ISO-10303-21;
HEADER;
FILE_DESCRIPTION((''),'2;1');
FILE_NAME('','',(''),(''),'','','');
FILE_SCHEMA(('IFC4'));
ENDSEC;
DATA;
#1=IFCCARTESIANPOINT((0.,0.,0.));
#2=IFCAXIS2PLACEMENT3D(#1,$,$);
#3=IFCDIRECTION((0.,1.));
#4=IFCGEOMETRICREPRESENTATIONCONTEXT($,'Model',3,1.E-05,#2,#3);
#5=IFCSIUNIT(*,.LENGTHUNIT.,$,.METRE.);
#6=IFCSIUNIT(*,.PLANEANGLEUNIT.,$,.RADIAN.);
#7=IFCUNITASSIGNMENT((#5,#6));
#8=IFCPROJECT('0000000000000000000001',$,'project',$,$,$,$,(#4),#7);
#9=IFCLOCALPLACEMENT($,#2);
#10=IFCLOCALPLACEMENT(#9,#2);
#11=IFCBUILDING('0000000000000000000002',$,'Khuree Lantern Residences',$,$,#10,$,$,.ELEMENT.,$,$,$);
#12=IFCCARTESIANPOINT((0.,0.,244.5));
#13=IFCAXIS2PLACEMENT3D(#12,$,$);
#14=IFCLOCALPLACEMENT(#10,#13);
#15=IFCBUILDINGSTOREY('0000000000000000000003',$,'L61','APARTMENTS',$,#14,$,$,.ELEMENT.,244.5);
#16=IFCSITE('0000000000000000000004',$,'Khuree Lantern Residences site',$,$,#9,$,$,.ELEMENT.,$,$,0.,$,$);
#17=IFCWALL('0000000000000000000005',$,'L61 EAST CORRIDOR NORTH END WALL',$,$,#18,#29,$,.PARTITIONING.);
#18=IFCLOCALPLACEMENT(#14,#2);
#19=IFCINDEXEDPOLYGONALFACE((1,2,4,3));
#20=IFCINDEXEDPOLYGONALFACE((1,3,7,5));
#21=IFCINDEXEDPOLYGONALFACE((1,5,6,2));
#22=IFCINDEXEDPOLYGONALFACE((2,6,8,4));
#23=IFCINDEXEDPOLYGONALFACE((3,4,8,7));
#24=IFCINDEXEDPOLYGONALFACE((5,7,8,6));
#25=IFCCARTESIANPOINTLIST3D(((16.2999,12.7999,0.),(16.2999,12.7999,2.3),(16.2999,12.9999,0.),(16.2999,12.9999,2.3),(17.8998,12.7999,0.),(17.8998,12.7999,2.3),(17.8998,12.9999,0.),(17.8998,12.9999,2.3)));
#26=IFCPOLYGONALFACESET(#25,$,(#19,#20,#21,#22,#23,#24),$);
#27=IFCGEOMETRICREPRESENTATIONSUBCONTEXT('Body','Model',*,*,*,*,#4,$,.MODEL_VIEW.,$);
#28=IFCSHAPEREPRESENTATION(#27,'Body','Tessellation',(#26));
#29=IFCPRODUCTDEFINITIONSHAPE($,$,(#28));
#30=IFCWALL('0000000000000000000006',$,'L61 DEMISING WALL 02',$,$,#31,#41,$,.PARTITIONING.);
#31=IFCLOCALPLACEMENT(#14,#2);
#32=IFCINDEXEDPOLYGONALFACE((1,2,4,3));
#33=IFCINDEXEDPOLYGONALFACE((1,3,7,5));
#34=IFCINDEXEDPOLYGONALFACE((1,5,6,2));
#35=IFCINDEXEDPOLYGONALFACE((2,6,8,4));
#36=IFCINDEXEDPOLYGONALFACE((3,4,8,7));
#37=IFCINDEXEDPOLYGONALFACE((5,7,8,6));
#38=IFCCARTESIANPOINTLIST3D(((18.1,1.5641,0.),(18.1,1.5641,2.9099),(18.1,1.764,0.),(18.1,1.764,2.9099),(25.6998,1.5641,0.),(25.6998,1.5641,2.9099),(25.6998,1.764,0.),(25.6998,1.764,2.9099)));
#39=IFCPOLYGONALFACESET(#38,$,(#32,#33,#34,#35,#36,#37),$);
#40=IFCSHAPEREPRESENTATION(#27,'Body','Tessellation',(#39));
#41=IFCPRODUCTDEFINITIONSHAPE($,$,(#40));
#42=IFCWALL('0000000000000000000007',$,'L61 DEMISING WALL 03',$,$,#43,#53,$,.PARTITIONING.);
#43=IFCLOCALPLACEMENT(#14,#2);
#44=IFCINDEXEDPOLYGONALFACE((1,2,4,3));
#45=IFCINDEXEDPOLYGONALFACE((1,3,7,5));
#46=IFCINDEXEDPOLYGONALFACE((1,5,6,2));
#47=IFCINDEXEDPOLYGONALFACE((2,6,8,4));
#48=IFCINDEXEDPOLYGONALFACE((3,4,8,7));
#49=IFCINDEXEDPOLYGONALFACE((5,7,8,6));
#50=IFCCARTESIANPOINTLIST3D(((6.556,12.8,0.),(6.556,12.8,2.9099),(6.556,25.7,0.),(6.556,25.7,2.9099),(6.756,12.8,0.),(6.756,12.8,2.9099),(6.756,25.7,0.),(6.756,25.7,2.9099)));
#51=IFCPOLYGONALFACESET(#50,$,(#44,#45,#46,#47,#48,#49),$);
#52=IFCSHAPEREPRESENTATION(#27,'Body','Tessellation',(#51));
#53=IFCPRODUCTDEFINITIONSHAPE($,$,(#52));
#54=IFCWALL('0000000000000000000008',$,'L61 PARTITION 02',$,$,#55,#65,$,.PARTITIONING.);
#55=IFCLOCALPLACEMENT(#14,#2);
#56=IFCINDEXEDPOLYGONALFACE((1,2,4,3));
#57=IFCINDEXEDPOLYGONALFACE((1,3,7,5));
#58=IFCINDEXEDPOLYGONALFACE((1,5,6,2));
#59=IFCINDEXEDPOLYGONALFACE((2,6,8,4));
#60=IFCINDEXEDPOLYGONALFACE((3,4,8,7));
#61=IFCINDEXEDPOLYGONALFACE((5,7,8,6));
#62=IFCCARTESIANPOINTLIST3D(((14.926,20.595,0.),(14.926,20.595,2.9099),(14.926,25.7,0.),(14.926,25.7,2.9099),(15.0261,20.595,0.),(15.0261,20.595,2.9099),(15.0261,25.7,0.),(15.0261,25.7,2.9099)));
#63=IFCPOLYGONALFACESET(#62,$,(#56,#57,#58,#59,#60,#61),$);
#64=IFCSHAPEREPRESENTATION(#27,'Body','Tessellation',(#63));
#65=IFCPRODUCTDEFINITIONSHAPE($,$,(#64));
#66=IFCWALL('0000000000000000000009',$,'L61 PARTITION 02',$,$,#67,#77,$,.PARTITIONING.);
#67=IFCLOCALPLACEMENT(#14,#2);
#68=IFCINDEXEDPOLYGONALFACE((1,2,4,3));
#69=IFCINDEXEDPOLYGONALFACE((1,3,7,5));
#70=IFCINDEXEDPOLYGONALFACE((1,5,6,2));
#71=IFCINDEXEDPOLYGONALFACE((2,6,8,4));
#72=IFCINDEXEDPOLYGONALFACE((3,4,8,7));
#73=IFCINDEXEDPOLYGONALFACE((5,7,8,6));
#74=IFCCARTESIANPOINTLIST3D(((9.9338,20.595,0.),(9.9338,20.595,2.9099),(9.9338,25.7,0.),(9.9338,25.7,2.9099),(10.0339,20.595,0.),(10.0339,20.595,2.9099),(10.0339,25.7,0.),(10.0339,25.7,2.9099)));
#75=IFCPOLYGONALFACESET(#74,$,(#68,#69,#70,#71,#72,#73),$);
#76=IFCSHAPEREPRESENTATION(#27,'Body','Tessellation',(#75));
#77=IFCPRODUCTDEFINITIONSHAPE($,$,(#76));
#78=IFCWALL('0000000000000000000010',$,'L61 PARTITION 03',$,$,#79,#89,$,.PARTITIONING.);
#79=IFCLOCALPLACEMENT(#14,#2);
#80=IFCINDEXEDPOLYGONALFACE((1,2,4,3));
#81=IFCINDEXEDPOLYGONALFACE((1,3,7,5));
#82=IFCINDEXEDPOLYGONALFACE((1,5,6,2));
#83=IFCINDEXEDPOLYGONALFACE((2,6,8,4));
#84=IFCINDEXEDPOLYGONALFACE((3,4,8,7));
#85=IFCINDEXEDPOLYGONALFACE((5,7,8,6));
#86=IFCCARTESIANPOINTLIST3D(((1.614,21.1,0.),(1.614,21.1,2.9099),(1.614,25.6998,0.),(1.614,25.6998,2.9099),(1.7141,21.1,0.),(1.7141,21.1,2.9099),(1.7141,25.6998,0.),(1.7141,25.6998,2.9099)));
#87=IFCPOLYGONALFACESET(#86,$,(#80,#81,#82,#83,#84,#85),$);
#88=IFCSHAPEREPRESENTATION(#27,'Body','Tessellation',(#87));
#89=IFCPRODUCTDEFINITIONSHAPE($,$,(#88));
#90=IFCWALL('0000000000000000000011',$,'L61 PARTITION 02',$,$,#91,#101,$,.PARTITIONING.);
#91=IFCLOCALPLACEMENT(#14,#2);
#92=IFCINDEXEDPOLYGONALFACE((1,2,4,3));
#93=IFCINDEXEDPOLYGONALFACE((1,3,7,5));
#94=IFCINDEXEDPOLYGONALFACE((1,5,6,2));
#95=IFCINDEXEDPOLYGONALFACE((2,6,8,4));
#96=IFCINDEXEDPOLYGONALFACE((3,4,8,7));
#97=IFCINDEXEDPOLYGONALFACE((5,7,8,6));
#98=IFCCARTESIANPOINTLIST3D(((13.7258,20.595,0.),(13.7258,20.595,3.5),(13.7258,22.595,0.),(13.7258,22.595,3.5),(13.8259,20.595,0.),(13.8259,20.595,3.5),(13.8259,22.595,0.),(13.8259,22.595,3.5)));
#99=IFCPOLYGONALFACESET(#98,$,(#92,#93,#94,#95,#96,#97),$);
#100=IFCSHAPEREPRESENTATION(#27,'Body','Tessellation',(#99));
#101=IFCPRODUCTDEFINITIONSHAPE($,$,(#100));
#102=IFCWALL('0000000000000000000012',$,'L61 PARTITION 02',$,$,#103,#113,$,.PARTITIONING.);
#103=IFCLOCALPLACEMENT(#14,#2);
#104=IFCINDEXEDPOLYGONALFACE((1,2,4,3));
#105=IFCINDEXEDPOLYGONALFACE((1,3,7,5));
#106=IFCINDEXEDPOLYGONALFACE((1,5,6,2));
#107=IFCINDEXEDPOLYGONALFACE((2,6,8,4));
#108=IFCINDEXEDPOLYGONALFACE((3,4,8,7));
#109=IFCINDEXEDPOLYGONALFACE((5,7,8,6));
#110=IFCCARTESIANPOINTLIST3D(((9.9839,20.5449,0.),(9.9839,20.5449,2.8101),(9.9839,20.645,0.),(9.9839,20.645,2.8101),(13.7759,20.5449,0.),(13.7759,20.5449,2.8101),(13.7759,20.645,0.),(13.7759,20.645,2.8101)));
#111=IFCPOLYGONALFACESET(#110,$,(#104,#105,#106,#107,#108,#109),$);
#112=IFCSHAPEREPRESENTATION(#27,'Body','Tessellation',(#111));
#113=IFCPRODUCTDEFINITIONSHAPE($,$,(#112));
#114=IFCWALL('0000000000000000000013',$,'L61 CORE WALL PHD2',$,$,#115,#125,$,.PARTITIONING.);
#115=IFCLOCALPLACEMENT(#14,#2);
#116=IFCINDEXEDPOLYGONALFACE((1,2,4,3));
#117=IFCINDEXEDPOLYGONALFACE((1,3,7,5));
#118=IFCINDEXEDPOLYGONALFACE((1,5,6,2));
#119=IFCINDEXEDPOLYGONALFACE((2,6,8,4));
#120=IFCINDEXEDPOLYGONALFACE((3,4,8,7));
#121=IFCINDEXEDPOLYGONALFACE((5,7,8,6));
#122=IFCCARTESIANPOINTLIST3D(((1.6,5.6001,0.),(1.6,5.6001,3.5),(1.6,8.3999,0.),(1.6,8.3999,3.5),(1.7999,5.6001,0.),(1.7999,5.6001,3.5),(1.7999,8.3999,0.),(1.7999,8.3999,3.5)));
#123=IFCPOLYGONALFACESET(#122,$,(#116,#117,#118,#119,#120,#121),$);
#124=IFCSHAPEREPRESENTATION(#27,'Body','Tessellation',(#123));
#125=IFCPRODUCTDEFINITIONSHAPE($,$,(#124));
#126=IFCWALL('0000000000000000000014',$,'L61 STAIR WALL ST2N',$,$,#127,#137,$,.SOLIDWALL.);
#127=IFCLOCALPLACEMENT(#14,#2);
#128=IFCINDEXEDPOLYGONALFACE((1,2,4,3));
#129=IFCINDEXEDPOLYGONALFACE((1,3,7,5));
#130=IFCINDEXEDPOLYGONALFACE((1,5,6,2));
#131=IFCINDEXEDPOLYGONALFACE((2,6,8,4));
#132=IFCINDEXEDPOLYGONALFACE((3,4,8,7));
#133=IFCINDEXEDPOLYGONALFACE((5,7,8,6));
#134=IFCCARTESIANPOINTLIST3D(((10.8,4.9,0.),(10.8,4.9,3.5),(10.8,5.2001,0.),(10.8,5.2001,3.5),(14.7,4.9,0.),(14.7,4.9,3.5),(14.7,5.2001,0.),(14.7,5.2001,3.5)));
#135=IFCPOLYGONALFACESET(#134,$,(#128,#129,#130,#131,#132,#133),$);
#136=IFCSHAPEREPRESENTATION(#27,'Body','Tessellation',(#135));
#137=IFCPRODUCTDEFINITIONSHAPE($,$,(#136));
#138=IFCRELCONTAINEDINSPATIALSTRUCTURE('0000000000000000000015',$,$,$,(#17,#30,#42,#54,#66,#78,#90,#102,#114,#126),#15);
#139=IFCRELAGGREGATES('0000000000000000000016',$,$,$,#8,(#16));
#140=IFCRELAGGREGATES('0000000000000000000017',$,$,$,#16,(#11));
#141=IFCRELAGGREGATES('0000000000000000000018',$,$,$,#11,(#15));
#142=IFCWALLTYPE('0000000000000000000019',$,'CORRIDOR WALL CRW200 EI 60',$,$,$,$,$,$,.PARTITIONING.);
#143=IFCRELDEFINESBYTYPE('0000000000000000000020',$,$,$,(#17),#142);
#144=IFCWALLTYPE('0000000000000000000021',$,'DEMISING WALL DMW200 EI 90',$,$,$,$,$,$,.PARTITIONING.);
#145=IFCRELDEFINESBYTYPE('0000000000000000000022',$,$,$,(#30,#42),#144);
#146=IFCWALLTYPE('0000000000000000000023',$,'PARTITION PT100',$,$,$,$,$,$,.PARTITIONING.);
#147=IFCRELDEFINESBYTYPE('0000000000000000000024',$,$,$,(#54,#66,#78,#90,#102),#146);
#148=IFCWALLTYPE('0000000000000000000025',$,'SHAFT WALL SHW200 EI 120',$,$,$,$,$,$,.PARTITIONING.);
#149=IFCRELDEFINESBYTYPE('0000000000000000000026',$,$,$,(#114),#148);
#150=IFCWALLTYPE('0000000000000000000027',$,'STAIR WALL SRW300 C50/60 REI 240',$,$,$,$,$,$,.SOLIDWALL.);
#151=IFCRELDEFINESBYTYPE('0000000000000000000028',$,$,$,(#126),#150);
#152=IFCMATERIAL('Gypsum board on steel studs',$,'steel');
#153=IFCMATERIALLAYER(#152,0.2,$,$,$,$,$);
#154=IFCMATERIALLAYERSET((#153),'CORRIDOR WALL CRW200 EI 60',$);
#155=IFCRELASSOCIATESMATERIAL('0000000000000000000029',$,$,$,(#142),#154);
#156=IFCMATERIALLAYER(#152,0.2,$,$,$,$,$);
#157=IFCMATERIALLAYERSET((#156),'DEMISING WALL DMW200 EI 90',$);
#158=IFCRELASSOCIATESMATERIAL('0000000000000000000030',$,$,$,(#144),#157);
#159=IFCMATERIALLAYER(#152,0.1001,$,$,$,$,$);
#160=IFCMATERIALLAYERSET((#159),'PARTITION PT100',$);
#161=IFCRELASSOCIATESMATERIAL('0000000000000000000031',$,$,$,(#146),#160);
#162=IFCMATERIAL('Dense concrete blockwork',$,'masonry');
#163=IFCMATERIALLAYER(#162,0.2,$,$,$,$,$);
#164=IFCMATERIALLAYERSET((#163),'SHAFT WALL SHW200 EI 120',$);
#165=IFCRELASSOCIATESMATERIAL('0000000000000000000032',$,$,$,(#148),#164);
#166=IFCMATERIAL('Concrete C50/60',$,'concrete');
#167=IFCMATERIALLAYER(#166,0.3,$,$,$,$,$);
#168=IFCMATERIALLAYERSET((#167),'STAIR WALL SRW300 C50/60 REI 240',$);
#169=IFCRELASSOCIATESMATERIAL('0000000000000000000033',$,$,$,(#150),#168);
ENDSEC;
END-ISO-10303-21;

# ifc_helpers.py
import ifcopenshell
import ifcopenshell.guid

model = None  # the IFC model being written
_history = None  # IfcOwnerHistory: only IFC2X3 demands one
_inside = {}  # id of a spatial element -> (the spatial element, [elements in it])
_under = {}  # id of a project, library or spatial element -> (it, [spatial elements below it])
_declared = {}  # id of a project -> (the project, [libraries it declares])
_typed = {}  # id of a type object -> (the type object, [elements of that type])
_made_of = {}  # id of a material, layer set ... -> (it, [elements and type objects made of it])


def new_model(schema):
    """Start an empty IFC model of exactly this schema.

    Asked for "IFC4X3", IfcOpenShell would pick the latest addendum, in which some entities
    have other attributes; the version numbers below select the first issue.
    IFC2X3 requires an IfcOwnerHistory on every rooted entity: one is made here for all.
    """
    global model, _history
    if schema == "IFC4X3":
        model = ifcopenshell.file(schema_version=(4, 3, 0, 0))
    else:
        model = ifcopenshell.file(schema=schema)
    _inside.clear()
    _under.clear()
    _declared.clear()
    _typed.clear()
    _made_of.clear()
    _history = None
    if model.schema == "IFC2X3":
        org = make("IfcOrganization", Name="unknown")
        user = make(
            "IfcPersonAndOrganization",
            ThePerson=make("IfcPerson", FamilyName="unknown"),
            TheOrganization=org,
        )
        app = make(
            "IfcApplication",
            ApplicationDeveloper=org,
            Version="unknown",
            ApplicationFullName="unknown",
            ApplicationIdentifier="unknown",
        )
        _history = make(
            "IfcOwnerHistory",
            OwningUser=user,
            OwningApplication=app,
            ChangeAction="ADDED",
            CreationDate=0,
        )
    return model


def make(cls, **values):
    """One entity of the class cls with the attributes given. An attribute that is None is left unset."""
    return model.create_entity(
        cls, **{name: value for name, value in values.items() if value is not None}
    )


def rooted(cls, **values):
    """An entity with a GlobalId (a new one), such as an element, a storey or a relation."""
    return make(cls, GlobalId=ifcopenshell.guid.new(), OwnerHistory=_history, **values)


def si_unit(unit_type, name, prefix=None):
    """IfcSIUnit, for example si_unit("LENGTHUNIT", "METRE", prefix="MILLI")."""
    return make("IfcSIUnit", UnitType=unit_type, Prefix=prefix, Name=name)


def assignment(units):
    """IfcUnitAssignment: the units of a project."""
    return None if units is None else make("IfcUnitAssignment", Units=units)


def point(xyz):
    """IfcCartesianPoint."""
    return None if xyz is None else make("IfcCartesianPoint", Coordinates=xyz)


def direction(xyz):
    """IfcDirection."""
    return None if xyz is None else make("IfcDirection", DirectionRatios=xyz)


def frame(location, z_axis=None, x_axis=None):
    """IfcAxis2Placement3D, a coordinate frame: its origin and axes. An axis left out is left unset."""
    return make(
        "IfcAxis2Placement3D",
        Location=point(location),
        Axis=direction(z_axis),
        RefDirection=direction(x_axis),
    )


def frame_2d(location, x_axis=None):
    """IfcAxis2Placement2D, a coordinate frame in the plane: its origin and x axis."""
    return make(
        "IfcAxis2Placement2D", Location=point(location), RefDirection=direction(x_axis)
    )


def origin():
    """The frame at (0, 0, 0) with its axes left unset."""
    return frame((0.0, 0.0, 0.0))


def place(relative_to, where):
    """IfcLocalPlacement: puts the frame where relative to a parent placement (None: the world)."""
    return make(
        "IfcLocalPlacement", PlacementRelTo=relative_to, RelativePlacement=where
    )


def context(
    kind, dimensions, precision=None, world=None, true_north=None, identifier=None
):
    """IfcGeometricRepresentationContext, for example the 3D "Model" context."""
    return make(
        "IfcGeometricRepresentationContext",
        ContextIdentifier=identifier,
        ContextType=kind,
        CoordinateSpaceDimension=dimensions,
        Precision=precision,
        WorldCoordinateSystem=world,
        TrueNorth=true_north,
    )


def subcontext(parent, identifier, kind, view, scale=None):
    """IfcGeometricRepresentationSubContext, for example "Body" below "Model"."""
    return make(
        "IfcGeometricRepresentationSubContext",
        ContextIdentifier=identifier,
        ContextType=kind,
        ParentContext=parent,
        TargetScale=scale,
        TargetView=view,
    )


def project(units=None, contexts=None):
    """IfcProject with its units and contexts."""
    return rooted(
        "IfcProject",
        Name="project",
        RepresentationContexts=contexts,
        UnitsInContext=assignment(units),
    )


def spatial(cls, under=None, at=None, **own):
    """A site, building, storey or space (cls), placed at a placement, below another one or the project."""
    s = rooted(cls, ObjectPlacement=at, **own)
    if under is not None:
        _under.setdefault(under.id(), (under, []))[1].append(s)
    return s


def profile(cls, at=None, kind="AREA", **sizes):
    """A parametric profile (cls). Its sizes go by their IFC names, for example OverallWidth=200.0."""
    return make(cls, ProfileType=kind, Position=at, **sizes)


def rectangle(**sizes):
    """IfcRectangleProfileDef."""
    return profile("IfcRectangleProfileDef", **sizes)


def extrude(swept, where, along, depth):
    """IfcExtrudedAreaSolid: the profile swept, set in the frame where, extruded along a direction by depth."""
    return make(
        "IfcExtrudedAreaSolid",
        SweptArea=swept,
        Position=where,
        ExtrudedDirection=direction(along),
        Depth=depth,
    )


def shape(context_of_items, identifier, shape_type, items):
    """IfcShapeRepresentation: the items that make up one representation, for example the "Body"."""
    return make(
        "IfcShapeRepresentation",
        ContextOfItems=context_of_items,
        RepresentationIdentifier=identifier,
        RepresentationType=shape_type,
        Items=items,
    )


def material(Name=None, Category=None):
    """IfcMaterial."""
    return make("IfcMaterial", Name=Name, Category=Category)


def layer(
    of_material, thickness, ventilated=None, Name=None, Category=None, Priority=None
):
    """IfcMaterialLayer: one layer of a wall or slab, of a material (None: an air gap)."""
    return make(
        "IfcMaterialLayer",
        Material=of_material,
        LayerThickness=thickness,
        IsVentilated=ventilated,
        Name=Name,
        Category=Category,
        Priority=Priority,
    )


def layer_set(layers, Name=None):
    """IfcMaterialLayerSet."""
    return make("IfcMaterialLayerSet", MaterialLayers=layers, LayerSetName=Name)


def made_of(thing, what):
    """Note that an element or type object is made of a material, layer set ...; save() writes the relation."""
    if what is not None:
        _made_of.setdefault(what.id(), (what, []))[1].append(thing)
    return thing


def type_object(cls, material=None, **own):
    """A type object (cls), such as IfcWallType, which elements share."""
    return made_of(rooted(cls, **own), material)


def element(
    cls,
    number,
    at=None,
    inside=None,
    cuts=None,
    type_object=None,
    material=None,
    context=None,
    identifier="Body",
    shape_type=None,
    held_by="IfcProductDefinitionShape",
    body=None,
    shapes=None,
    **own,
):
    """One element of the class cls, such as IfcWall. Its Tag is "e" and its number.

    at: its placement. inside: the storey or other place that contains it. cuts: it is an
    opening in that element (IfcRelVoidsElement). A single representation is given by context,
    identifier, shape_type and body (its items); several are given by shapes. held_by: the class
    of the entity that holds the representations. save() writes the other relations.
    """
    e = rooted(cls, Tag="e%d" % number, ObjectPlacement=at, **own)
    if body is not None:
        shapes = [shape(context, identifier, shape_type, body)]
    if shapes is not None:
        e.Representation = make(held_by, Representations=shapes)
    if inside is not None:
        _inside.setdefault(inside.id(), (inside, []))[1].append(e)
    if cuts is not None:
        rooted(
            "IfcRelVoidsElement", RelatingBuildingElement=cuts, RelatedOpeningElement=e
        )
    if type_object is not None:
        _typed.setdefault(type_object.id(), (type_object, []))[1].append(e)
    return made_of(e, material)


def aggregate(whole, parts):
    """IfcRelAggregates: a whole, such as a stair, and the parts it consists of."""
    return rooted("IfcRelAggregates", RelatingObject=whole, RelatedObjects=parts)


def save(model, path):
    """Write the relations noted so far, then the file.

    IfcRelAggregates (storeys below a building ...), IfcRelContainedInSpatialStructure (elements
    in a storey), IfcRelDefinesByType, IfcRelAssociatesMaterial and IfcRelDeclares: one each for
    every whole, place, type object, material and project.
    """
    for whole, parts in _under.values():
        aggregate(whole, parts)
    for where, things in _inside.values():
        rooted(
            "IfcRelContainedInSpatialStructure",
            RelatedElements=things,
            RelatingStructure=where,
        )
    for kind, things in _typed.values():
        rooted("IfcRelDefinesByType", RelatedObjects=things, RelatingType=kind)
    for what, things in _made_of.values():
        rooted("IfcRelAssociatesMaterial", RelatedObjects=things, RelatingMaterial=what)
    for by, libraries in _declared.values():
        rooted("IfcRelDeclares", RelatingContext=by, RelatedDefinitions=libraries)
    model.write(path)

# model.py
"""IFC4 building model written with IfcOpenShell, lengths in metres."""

from ifc_helpers import new_model, si_unit, direction, frame, frame_2d, origin, place, context, subcontext, project, spatial, rectangle, extrude, material, layer, layer_set, type_object, element, save


model = new_model("IFC4")

# Units and contexts
model_context = context("Model", 3, precision=1e-05, world=origin(), true_north=direction((0.0, 1.0)))
body_context = subcontext(model_context, "Body", "Model", "MODEL_VIEW")
ifc_project = project(units=[si_unit("LENGTHUNIT", "METRE"), si_unit("PLANEANGLEUNIT", "RADIAN")], contexts=[model_context])

# Site, building, storey
site_placement = place(None, origin())
site = spatial("IfcSite", under=ifc_project, at=site_placement, Name="Khuree Lantern Residences site", CompositionType="ELEMENT", RefElevation=0.0)
building_placement = place(site_placement, origin())
building = spatial("IfcBuilding", under=site, at=building_placement, Name="Khuree Lantern Residences", CompositionType="ELEMENT")
storey_placement = place(building_placement, frame((0.0, 0.0, 244.5)))
storey = spatial("IfcBuildingStorey", under=building, at=storey_placement, Name="L61", Description="APARTMENTS", CompositionType="ELEMENT", Elevation=244.5)

# Shared definitions
ifc_material_1 = material(Name="Concrete C50/60", Category="concrete")

# Walls
ifc_material_2 = material(Name="Dense concrete blockwork", Category="masonry")
ifc_material_3 = material(Name="Gypsum board on steel studs", Category="steel")
ifc_layer_1 = layer(ifc_material_3, 0.2)
ifc_layer_set_1 = layer_set([ifc_layer_1], Name="CORRIDOR WALL CRW200 EI 60")
wall_type_1 = type_object("IfcWallType", Name="CORRIDOR WALL CRW200 EI 60", PredefinedType="PARTITIONING", material=ifc_layer_set_1)
wall_1_placement = place(storey_placement, frame((16.3, 12.8999, 0.0), z_axis=(0.0, 0.0, 1.0), x_axis=(1.0, 0.0, 0.0)))
element("IfcWall", 1, at=wall_1_placement, inside=storey, type_object=wall_type_1, Name="L61 EAST CORRIDOR NORTH END WALL", PredefinedType="PARTITIONING", context=body_context, shape_type="SweptSolid", body=[
    extrude(rectangle(XDim=1.5999, YDim=0.2, at=frame_2d((0.7998, 0.0))), origin(), (0.0, 0.0, 1.0), 2.3),
])
ifc_layer_2 = layer(ifc_material_3, 0.2)
ifc_layer_set_2 = layer_set([ifc_layer_2], Name="DEMISING WALL DMW200 EI 90")
wall_type_2 = type_object("IfcWallType", Name="DEMISING WALL DMW200 EI 90", PredefinedType="PARTITIONING", material=ifc_layer_set_2)
wall_2_placement = place(storey_placement, frame((18.1001, 1.6641, 0.0), z_axis=(0.0, 0.0, 1.0), x_axis=(1.0, 0.0, 0.0)))
element("IfcWall", 2, at=wall_2_placement, inside=storey, type_object=wall_type_2, Name="L61 DEMISING WALL 02", PredefinedType="PARTITIONING", context=body_context, shape_type="SweptSolid", body=[
    extrude(rectangle(XDim=7.5999, YDim=0.2, at=frame_2d((3.7998, 0.0))), origin(), (0.0, 0.0, 1.0), 2.9099),
])
wall_3_placement = place(storey_placement, frame((6.656, 12.8, 0.0), z_axis=(0.0, 0.0, 1.0), x_axis=(0.0, 1.0, 0.0)))
element("IfcWall", 3, at=wall_3_placement, inside=storey, type_object=wall_type_2, Name="L61 DEMISING WALL 03", PredefinedType="PARTITIONING", context=body_context, shape_type="SweptSolid", body=[
    extrude(rectangle(XDim=12.8999, YDim=0.2, at=frame_2d((6.45, 0.0))), origin(), (0.0, 0.0, 1.0), 2.9099),
])
ifc_layer_3 = layer(ifc_material_3, 0.1001)
ifc_layer_set_3 = layer_set([ifc_layer_3], Name="PARTITION PT100")
wall_type_3 = type_object("IfcWallType", Name="PARTITION PT100", PredefinedType="PARTITIONING", material=ifc_layer_set_3)
for number, where, z_axis, x_axis, name in (
    (4, (14.9761, 20.595, 0.0), (0.0, 0.0, 1.0), (0.0, 1.0, 0.0), "L61 PARTITION 02"),
    (5, (9.9839, 20.595, 0.0), (0.0, 0.0, 1.0), (0.0, 1.0, 0.0), "L61 PARTITION 02"),
):
    element("IfcWall", number, at=place(storey_placement, frame(where, z_axis=z_axis, x_axis=x_axis)), inside=storey, type_object=wall_type_3, Name=name, PredefinedType="PARTITIONING", context=body_context, shape_type="SweptSolid", body=[
        extrude(rectangle(XDim=5.105, YDim=0.1001, at=frame_2d((2.5525, 0.0))), origin(), (0.0, 0.0, 1.0), 2.9099),
    ])
wall_4_placement = place(storey_placement, frame((1.6641, 21.1001, 0.0), z_axis=(0.0, 0.0, 1.0), x_axis=(0.0, 1.0, 0.0)))
element("IfcWall", 6, at=wall_4_placement, inside=storey, type_object=wall_type_3, Name="L61 PARTITION 03", PredefinedType="PARTITIONING", context=body_context, shape_type="SweptSolid", body=[
    extrude(rectangle(XDim=4.5999, YDim=0.1001, at=frame_2d((2.2998, 0.0))), origin(), (0.0, 0.0, 1.0), 2.9099),
])
wall_5_placement = place(storey_placement, frame((13.7759, 20.595, 0.0), z_axis=(0.0, 0.0, 1.0), x_axis=(0.0, 1.0, 0.0)))
element("IfcWall", 7, at=wall_5_placement, inside=storey, type_object=wall_type_3, Name="L61 PARTITION 02", PredefinedType="PARTITIONING", context=body_context, shape_type="SweptSolid", body=[
    extrude(rectangle(XDim=2.0, YDim=0.1001, at=frame_2d((1.0, 0.0))), origin(), (0.0, 0.0, 1.0), 3.5),
])
wall_6_placement = place(storey_placement, frame((13.7759, 20.595, 0.0), z_axis=(0.0, 0.0, 1.0), x_axis=(-1.0, 0.0, 0.0)))
element("IfcWall", 8, at=wall_6_placement, inside=storey, type_object=wall_type_3, Name="L61 PARTITION 02", PredefinedType="PARTITIONING", context=body_context, shape_type="SweptSolid", body=[
    extrude(rectangle(XDim=3.792, YDim=0.1001, at=frame_2d((1.896, 0.0))), origin(), (0.0, 0.0, 1.0), 2.8101),
])
ifc_layer_4 = layer(ifc_material_2, 0.2)
ifc_layer_set_4 = layer_set([ifc_layer_4], Name="SHAFT WALL SHW200 EI 120")
wall_type_4 = type_object("IfcWallType", Name="SHAFT WALL SHW200 EI 120", PredefinedType="PARTITIONING", material=ifc_layer_set_4)
wall_7_placement = place(storey_placement, frame((1.7, 5.6001, 0.0), z_axis=(0.0, 0.0, 1.0), x_axis=(0.0, 1.0, 0.0)))
element("IfcWall", 9, at=wall_7_placement, inside=storey, type_object=wall_type_4, Name="L61 CORE WALL PHD2", PredefinedType="PARTITIONING", context=body_context, shape_type="SweptSolid", body=[
    extrude(rectangle(XDim=2.7998, YDim=0.2, at=frame_2d((1.3999, 0.0))), origin(), (0.0, 0.0, 1.0), 3.5),
])
ifc_layer_5 = layer(ifc_material_1, 0.3)
ifc_layer_set_5 = layer_set([ifc_layer_5], Name="STAIR WALL SRW300 C50/60 REI 240")
wall_type_5 = type_object("IfcWallType", Name="STAIR WALL SRW300 C50/60 REI 240", PredefinedType="SOLIDWALL", material=ifc_layer_set_5)
wall_8_placement = place(storey_placement, frame((14.7, 5.05, 0.0), z_axis=(0.0, 0.0, 1.0), x_axis=(-1.0, 0.0, 0.0)))
element("IfcWall", 10, at=wall_8_placement, inside=storey, type_object=wall_type_5, Name="L61 STAIR WALL ST2N", PredefinedType="SOLIDWALL", context=body_context, shape_type="SweptSolid", body=[
    extrude(rectangle(XDim=3.8999, YDim=0.3, at=frame_2d((1.95, 0.0))), origin(), (0.0, 0.0, 1.0), 3.5),
])

save(model, "model.ifc")
